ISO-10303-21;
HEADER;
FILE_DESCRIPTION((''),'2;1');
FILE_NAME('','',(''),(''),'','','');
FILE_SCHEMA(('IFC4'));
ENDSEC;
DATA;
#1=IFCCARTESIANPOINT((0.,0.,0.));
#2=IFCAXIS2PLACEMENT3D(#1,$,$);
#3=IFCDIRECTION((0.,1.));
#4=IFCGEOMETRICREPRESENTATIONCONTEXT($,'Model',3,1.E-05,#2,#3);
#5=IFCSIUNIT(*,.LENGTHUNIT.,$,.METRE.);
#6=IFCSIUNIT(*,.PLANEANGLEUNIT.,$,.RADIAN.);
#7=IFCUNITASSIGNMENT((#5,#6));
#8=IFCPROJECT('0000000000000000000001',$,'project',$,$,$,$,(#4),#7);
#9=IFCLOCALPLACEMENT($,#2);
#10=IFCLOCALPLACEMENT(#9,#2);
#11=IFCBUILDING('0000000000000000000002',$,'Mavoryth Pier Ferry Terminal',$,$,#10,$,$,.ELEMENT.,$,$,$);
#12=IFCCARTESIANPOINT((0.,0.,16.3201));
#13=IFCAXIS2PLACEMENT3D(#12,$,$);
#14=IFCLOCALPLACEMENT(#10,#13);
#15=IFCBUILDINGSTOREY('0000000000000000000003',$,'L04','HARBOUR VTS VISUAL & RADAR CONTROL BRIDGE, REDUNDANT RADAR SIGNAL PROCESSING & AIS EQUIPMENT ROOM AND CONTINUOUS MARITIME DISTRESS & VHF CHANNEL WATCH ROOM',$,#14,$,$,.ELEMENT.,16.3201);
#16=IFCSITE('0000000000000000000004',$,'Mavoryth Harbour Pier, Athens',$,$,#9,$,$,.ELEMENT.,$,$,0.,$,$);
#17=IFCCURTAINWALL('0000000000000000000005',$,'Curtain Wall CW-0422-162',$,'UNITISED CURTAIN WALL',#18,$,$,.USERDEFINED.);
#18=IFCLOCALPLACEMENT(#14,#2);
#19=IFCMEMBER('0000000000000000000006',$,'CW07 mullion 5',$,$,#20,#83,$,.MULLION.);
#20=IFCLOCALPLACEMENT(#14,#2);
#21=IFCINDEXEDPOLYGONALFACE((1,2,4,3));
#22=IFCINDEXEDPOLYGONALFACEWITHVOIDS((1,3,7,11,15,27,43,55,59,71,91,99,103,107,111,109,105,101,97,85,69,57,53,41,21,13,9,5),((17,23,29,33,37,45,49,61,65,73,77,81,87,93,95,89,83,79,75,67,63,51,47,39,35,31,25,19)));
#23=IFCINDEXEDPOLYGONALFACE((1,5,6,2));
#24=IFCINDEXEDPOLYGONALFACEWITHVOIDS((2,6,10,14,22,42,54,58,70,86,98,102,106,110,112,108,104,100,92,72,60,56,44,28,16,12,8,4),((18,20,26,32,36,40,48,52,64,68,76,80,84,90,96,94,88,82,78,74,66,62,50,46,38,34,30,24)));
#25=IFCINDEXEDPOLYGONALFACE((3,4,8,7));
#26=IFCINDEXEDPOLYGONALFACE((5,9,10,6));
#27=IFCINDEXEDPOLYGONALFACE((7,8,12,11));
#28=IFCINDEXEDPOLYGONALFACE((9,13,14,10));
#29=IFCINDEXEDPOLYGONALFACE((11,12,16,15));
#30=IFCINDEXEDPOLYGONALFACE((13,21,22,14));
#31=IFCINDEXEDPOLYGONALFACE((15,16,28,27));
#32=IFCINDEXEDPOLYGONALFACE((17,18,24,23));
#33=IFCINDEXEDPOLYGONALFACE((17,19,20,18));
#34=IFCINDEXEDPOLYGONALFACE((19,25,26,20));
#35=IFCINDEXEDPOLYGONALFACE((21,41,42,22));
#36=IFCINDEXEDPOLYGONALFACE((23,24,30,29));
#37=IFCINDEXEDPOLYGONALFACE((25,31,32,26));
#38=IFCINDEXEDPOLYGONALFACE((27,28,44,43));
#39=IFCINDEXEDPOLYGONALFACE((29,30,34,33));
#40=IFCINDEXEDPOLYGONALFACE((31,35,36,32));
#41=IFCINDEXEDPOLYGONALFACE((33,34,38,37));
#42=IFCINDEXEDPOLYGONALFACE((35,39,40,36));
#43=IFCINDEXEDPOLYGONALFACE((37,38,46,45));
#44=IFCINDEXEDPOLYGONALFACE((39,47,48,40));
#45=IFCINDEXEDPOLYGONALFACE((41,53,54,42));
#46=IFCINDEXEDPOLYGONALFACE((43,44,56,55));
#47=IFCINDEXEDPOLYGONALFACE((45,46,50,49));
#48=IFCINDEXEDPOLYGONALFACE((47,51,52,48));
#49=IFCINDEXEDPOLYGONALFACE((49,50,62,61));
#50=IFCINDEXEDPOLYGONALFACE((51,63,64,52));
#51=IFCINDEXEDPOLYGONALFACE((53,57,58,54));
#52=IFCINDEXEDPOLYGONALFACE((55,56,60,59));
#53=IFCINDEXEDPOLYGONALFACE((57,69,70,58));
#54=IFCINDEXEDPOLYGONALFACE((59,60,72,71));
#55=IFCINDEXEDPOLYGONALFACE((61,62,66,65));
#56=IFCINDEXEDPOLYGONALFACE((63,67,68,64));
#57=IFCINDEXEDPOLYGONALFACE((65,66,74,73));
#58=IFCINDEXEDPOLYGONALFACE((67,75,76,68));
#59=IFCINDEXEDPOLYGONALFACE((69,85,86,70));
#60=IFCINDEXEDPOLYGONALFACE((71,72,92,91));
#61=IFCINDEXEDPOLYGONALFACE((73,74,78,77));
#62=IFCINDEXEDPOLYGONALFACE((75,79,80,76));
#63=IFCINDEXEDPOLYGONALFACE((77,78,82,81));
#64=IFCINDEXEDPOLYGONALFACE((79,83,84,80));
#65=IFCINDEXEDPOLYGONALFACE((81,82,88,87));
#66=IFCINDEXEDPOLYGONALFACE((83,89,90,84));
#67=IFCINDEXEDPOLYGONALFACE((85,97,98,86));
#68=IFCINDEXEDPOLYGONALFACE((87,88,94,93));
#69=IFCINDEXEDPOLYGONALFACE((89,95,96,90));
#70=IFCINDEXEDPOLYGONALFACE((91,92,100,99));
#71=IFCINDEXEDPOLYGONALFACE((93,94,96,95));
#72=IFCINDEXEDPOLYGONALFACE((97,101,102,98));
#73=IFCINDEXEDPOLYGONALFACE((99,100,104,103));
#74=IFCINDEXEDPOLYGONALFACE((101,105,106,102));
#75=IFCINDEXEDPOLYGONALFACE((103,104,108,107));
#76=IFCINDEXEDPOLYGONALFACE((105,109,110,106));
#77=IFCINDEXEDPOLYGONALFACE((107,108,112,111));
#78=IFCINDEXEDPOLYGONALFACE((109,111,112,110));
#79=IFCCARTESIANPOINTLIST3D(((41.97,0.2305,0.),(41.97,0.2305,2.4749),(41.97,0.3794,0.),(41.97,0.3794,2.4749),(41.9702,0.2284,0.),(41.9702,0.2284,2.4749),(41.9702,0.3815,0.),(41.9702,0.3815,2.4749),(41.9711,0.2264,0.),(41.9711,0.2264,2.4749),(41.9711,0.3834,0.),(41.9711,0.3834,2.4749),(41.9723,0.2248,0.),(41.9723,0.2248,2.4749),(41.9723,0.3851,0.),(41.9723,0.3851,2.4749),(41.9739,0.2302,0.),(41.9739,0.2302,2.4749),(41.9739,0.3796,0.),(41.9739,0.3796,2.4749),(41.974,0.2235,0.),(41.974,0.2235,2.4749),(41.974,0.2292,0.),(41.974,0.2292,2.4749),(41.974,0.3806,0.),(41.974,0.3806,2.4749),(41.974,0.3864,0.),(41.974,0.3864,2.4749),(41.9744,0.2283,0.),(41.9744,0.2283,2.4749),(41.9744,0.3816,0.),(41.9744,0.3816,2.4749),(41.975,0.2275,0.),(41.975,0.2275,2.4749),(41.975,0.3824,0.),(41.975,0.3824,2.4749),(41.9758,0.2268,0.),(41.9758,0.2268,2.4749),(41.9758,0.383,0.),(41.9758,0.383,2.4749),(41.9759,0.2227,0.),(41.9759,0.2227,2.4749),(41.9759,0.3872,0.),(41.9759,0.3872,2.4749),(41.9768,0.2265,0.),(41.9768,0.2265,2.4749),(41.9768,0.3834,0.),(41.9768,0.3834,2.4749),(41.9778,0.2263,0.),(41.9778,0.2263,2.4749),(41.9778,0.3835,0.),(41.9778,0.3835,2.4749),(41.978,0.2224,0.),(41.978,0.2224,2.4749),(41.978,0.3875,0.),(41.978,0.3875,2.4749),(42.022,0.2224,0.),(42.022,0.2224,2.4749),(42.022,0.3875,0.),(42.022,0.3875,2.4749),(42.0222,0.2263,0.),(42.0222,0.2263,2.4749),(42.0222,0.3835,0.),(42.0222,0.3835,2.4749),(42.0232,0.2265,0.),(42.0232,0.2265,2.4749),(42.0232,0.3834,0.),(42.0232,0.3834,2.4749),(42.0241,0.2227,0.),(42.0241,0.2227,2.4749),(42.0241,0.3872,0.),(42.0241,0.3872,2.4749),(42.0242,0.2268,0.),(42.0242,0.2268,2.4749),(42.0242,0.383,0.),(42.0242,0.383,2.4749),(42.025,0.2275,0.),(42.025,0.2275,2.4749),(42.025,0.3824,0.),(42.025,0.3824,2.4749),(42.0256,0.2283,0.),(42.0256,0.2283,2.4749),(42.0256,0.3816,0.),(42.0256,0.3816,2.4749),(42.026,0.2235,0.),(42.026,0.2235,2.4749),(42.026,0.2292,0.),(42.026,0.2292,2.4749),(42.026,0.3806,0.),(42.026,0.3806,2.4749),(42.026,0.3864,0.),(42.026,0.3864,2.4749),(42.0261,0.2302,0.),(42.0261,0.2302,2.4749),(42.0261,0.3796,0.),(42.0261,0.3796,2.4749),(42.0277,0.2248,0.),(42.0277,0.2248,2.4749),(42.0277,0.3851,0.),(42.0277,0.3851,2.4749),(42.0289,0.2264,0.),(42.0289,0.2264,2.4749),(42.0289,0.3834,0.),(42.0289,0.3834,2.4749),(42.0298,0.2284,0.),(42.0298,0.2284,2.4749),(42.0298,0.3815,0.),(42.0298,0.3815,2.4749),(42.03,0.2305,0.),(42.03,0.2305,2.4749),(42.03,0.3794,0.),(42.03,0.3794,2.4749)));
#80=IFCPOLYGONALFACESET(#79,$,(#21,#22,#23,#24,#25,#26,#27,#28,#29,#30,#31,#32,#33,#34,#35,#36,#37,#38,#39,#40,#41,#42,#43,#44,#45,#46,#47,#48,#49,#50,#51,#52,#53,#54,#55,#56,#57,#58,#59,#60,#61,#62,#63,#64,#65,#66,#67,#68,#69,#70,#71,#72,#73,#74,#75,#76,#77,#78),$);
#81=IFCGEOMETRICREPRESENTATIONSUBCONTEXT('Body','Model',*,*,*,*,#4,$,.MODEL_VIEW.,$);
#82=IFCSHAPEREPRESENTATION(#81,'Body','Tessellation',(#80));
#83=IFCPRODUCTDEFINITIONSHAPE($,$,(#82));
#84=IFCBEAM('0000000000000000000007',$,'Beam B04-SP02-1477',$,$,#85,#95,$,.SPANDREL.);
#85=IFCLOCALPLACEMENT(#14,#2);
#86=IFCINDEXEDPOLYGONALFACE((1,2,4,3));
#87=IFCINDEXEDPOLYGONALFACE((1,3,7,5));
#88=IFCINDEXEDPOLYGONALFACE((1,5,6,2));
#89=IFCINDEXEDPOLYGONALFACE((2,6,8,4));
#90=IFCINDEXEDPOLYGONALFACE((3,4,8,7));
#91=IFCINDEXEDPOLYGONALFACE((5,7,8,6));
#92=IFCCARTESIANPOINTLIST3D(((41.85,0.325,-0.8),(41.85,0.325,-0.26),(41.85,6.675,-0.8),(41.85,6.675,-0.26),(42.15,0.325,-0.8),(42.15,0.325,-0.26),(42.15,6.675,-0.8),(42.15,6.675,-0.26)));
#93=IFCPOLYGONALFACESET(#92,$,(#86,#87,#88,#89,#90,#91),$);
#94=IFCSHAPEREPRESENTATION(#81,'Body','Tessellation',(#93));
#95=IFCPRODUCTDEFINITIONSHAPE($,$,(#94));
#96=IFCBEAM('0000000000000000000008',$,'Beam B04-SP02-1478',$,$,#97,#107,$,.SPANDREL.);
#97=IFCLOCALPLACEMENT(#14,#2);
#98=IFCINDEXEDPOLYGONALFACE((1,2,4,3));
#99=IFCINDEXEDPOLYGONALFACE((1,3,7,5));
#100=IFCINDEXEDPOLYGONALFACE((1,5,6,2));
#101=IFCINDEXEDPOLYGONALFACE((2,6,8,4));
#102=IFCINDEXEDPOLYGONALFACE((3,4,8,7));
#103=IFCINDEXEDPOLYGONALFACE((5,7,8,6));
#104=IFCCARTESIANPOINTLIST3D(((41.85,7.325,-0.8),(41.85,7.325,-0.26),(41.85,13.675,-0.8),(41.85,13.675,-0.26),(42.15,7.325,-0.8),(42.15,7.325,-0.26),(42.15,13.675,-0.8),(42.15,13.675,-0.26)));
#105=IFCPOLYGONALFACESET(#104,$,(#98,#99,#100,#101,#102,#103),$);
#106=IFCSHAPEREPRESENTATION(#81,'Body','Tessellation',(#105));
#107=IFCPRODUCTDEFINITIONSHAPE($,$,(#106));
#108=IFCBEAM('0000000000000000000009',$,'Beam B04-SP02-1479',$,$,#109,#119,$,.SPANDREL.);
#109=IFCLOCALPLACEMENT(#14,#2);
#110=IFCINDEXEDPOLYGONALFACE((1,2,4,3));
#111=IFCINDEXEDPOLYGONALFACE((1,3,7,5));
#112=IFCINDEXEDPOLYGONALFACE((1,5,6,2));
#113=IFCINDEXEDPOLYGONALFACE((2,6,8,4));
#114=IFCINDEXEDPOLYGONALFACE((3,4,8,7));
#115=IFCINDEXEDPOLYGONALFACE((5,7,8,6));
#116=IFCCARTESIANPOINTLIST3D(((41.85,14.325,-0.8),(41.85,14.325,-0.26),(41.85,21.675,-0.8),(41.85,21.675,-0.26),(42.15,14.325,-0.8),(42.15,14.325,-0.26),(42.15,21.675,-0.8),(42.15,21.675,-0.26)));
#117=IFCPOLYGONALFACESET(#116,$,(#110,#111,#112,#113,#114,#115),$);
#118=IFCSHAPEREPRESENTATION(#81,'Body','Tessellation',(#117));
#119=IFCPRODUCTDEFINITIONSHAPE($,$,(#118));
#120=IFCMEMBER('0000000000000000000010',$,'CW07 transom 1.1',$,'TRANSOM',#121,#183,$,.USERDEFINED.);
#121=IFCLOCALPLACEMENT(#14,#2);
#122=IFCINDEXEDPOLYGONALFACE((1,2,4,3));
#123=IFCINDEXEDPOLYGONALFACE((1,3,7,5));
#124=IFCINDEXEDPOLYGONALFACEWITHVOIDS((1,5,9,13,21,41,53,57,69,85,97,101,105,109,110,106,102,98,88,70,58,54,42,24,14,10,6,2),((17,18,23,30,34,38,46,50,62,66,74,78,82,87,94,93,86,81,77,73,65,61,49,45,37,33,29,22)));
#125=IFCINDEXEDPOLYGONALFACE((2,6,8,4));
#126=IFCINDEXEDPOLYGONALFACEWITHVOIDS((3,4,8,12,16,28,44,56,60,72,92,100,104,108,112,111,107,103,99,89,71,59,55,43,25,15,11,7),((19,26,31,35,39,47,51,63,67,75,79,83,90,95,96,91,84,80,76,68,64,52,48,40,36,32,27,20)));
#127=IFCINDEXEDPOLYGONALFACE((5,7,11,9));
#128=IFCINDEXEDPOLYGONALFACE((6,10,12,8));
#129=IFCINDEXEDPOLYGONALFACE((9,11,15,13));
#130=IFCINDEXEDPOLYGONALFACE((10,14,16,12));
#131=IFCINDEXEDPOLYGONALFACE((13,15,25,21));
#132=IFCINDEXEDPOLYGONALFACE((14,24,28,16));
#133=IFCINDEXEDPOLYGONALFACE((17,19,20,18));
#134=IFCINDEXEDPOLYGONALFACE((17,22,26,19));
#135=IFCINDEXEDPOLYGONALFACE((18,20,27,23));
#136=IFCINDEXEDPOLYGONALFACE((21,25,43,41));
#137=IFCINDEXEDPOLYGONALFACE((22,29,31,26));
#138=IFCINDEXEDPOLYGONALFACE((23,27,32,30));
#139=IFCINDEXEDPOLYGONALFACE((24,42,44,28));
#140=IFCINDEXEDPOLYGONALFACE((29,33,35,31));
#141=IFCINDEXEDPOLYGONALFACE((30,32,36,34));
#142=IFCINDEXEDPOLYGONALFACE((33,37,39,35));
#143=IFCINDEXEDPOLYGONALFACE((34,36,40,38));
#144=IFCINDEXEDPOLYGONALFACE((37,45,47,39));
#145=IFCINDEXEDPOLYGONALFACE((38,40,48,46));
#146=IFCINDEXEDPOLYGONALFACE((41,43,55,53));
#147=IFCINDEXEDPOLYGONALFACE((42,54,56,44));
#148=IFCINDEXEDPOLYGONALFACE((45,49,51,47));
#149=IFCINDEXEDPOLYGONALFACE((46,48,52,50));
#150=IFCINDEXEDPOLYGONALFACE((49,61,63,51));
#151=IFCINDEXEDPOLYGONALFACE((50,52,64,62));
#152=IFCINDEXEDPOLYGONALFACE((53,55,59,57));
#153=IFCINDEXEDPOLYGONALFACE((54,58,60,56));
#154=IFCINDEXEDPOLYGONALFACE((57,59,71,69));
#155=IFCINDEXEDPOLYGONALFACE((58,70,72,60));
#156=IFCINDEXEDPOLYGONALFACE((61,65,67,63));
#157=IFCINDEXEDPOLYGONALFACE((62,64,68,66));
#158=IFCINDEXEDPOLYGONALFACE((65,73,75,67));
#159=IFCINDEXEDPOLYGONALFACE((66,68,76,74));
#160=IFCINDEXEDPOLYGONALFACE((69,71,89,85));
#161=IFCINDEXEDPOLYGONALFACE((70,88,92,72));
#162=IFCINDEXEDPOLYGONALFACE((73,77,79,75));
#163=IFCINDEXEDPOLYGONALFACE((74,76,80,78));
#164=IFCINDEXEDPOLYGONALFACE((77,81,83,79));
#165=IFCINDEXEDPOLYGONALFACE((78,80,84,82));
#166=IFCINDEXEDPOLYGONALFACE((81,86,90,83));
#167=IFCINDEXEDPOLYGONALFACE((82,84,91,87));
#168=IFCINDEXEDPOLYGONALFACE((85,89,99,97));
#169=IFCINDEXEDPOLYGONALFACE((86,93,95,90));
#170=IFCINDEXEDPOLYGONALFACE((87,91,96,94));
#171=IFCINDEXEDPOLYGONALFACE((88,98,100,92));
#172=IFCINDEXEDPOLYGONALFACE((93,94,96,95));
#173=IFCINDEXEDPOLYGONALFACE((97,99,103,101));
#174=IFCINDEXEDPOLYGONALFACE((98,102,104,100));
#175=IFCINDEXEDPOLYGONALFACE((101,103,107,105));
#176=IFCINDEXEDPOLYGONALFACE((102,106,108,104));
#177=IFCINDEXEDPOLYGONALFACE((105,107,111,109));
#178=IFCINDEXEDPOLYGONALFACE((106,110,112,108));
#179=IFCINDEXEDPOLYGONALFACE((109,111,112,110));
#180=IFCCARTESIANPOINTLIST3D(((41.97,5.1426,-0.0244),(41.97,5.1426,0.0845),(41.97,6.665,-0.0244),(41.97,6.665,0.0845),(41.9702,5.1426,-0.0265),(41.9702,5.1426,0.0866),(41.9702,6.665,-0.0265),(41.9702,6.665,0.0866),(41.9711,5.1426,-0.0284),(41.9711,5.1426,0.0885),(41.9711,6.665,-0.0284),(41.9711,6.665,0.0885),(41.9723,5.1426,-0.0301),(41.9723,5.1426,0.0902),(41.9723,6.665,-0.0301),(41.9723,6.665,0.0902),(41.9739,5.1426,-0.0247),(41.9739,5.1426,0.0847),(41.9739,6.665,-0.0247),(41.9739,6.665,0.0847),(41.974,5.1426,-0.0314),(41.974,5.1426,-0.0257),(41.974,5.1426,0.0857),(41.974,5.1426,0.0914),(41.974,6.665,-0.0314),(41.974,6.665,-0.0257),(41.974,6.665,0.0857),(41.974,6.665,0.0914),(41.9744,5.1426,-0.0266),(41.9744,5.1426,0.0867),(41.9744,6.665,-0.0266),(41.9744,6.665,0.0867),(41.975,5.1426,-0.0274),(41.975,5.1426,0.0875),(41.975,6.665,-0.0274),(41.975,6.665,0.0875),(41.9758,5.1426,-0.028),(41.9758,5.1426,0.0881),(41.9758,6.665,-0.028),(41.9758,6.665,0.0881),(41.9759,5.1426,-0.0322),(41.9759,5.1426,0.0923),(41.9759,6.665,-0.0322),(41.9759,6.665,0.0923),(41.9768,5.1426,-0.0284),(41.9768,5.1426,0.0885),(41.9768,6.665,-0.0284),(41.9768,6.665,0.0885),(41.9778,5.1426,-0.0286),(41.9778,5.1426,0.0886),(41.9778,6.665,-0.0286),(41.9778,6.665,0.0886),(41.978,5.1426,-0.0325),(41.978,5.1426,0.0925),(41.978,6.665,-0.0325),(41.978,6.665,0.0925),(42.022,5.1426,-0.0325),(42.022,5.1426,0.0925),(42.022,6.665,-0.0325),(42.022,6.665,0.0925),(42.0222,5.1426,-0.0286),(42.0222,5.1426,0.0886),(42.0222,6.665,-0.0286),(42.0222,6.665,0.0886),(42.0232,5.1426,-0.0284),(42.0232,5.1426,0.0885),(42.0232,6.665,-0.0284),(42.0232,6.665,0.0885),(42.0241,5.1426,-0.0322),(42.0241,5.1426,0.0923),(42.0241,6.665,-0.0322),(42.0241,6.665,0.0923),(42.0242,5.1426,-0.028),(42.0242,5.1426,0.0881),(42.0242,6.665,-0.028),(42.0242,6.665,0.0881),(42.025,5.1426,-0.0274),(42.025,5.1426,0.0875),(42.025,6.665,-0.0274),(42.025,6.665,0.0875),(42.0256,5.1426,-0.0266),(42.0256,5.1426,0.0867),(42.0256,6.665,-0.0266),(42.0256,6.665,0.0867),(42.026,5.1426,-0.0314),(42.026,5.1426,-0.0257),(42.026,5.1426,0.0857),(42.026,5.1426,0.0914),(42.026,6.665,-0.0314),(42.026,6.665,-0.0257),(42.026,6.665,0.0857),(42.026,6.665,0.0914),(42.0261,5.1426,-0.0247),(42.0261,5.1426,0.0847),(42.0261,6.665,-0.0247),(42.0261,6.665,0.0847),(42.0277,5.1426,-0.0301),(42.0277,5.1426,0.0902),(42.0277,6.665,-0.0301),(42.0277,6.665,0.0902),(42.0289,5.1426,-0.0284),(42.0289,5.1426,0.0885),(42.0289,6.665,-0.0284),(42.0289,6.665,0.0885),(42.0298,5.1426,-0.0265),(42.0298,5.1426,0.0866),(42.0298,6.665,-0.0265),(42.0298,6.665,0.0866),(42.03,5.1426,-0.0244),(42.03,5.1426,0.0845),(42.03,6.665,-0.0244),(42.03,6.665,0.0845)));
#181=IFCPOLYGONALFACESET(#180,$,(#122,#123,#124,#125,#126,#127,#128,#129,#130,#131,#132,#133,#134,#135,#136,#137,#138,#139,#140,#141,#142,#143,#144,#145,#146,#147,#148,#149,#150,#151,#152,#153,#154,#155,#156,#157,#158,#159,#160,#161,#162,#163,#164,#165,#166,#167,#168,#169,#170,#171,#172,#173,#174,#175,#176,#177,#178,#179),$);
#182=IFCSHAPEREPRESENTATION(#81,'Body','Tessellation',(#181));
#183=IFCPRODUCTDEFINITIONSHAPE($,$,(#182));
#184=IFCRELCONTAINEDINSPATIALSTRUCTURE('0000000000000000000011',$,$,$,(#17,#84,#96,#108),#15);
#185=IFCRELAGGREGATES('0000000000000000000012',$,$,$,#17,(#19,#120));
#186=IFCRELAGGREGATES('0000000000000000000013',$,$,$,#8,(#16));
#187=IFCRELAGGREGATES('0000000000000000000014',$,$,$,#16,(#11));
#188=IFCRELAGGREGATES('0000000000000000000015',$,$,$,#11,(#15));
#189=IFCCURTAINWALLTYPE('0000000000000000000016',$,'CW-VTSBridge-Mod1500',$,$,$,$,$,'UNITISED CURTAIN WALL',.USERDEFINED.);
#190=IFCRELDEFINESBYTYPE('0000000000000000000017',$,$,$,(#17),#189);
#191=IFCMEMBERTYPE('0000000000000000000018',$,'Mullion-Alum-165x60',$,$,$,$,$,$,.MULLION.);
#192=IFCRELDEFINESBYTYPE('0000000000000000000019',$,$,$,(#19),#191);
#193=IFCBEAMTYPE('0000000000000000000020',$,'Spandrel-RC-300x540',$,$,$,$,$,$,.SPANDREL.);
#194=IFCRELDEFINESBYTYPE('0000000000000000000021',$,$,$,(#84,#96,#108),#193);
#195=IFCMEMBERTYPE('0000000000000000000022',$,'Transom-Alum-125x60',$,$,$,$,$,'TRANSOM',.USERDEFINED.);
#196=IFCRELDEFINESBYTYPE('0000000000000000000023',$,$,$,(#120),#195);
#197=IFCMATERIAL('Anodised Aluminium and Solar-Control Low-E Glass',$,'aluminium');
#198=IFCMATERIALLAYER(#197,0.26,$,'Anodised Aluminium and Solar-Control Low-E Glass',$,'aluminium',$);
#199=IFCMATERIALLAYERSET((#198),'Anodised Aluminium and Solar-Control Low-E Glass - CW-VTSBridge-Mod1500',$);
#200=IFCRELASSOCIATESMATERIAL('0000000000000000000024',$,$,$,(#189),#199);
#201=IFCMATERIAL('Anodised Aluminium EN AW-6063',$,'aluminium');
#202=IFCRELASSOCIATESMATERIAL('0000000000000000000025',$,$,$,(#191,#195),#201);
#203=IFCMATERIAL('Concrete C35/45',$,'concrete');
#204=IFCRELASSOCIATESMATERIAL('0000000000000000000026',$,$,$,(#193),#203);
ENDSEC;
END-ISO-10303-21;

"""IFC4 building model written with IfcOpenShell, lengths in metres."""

from ifc_helpers import new_model, si_unit, direction, frame, origin, origin_2d, place, context, subcontext, project, spatial, rectangle, hollow_rectangle, extrude, material, layer, layer_set, material_profile, profile_set, type_object, element, aggregate, save


model = new_model("IFC4")

# Units and contexts
model_context = context("Model", 3, precision=1e-05, world=origin(), true_north=direction((0.0, 1.0)))
body_context = subcontext(model_context, "Body", "Model", "MODEL_VIEW")
ifc_project = project(units=[si_unit("LENGTHUNIT", "METRE"), si_unit("PLANEANGLEUNIT", "RADIAN")], contexts=[model_context])

# Site, building, storey
site_placement = place(None, origin())
site = spatial("IfcSite", under=ifc_project, at=site_placement, Name="Mavoryth Harbour Pier, Athens", CompositionType="ELEMENT", RefElevation=0.0)
building_placement = place(site_placement, origin())
building = spatial("IfcBuilding", under=site, at=building_placement, Name="Mavoryth Pier Ferry Terminal", CompositionType="ELEMENT")
storey_placement = place(building_placement, frame((0.0, 0.0, 16.3201)))
storey = spatial("IfcBuildingStorey", under=building, at=storey_placement, Name="L04", Description="HARBOUR VTS VISUAL & RADAR CONTROL BRIDGE, REDUNDANT RADAR SIGNAL PROCESSING & AIS EQUIPMENT ROOM AND CONTINUOUS MARITIME DISTRESS & VHF CHANNEL WATCH ROOM", CompositionType="ELEMENT", Elevation=16.3201)

# Curtain wall, member
ifc_material_1 = material(Name="Anodised Aluminium and Solar-Control Low-E Glass", Category="aluminium")
ifc_layer_1 = layer(ifc_material_1, 0.26, Name="Anodised Aluminium and Solar-Control Low-E Glass", Category="aluminium")
ifc_layer_set_1 = layer_set([ifc_layer_1], Name="Anodised Aluminium and Solar-Control Low-E Glass - CW-VTSBridge-Mod1500")
curtain_wall_type = type_object("IfcCurtainWallType", Name="CW-VTSBridge-Mod1500", ElementType="UNITISED CURTAIN WALL", PredefinedType="USERDEFINED", material=ifc_layer_set_1)
curtain_wall_placement = place(storey_placement, origin())
curtain_wall = element("IfcCurtainWall", 1, at=curtain_wall_placement, inside=storey, type_object=curtain_wall_type, Name="Curtain Wall CW-0422-162", ObjectType="UNITISED CURTAIN WALL", PredefinedType="USERDEFINED")
ifc_material_2 = material(Name="Anodised Aluminium EN AW-6063", Category="aluminium")
ifc_material_profile_1 = material_profile(ifc_material_2, hollow_rectangle(XDim=0.0601, YDim=0.165, WallThickness=0.0039, InnerFilletRadius=0.0039, OuterFilletRadius=0.0081, at=origin_2d()), Name="AL-MULL 165x60x4", Category="aluminium")
ifc_profile_set_1 = profile_set([ifc_material_profile_1], Name="Anodised Aluminium EN AW-6063 - AL-MULL 165x60x4")
member_type_1 = type_object("IfcMemberType", Name="Mullion-Alum-165x60", PredefinedType="MULLION", material=ifc_profile_set_1)
member_1_placement = place(storey_placement, frame((42.0, 0.3049, 0.0), z_axis=(0.0, 0.0, 1.0), x_axis=(1.0, 0.0, 0.0)))
member_1 = element("IfcMember", 2, at=member_1_placement, type_object=member_type_1, Name="CW07 mullion 5", PredefinedType="MULLION", context=body_context, shape_type="SweptSolid", body=[
    extrude(hollow_rectangle(XDim=0.0601, YDim=0.165, WallThickness=0.0039, InnerFilletRadius=0.0039, OuterFilletRadius=0.0081, at=origin_2d()), origin(), (0.0, 0.0, 1.0), 2.4749),
])

# Beams
ifc_material_3 = material(Name="Concrete C35/45", Category="concrete")
ifc_material_profile_2 = material_profile(ifc_material_3, rectangle(XDim=0.3, YDim=0.54, at=origin_2d()), Name="RC 300x540", Category="concrete")
ifc_profile_set_2 = profile_set([ifc_material_profile_2], Name="Concrete C35/45 - RC 300x540")
beam_type = type_object("IfcBeamType", Name="Spandrel-RC-300x540", PredefinedType="SPANDREL", material=ifc_profile_set_2)
for number, where, z_axis, x_axis, name in (
    (3, (42.0, 0.325, -0.53), (0.0, 1.0, 0.0), (-1.0, 0.0, 0.0), "Beam B04-SP02-1477"),
    (4, (42.0, 7.325, -0.53), (0.0, 1.0, 0.0), (-1.0, 0.0, 0.0), "Beam B04-SP02-1478"),
):
    element("IfcBeam", number, at=place(storey_placement, frame(where, z_axis=z_axis, x_axis=x_axis)), inside=storey, type_object=beam_type, Name=name, PredefinedType="SPANDREL", context=body_context, shape_type="SweptSolid", body=[
        extrude(rectangle(XDim=0.3, YDim=0.54, at=origin_2d()), origin(), (0.0, 0.0, 1.0), 6.3501),
    ])
beam_placement = place(storey_placement, frame((42.0, 14.325, -0.53), z_axis=(0.0, 1.0, 0.0), x_axis=(-1.0, 0.0, 0.0)))
element("IfcBeam", 5, at=beam_placement, inside=storey, type_object=beam_type, Name="Beam B04-SP02-1479", PredefinedType="SPANDREL", context=body_context, shape_type="SweptSolid", body=[
    extrude(rectangle(XDim=0.3, YDim=0.54, at=origin_2d()), origin(), (0.0, 0.0, 1.0), 7.3501),
])

# Member
ifc_material_profile_3 = material_profile(ifc_material_2, hollow_rectangle(XDim=0.0601, YDim=0.125, WallThickness=0.0039, InnerFilletRadius=0.0039, OuterFilletRadius=0.0081, at=origin_2d()), Name="AL-TRAN 125x60x4", Category="aluminium")
ifc_profile_set_3 = profile_set([ifc_material_profile_3], Name="Anodised Aluminium EN AW-6063 - AL-TRAN 125x60x4")
member_type_2 = type_object("IfcMemberType", Name="Transom-Alum-125x60", ElementType="TRANSOM", PredefinedType="USERDEFINED", material=ifc_profile_set_3)
member_2_placement = place(storey_placement, frame((42.0, 6.665, 0.03), z_axis=(0.0, -1.0, 0.0), x_axis=(1.0, 0.0, 0.0)))
member_2 = element("IfcMember", 6, at=member_2_placement, type_object=member_type_2, Name="CW07 transom 1.1", ObjectType="TRANSOM", PredefinedType="USERDEFINED", context=body_context, shape_type="SweptSolid", body=[
    extrude(hollow_rectangle(XDim=0.0601, YDim=0.125, WallThickness=0.0039, InnerFilletRadius=0.0039, OuterFilletRadius=0.0081, at=origin_2d()), origin(), (0.0, 0.0, 1.0), 1.5225),
])

aggregate(curtain_wall, [member_1, member_2])

save(model, "model.ifc")
